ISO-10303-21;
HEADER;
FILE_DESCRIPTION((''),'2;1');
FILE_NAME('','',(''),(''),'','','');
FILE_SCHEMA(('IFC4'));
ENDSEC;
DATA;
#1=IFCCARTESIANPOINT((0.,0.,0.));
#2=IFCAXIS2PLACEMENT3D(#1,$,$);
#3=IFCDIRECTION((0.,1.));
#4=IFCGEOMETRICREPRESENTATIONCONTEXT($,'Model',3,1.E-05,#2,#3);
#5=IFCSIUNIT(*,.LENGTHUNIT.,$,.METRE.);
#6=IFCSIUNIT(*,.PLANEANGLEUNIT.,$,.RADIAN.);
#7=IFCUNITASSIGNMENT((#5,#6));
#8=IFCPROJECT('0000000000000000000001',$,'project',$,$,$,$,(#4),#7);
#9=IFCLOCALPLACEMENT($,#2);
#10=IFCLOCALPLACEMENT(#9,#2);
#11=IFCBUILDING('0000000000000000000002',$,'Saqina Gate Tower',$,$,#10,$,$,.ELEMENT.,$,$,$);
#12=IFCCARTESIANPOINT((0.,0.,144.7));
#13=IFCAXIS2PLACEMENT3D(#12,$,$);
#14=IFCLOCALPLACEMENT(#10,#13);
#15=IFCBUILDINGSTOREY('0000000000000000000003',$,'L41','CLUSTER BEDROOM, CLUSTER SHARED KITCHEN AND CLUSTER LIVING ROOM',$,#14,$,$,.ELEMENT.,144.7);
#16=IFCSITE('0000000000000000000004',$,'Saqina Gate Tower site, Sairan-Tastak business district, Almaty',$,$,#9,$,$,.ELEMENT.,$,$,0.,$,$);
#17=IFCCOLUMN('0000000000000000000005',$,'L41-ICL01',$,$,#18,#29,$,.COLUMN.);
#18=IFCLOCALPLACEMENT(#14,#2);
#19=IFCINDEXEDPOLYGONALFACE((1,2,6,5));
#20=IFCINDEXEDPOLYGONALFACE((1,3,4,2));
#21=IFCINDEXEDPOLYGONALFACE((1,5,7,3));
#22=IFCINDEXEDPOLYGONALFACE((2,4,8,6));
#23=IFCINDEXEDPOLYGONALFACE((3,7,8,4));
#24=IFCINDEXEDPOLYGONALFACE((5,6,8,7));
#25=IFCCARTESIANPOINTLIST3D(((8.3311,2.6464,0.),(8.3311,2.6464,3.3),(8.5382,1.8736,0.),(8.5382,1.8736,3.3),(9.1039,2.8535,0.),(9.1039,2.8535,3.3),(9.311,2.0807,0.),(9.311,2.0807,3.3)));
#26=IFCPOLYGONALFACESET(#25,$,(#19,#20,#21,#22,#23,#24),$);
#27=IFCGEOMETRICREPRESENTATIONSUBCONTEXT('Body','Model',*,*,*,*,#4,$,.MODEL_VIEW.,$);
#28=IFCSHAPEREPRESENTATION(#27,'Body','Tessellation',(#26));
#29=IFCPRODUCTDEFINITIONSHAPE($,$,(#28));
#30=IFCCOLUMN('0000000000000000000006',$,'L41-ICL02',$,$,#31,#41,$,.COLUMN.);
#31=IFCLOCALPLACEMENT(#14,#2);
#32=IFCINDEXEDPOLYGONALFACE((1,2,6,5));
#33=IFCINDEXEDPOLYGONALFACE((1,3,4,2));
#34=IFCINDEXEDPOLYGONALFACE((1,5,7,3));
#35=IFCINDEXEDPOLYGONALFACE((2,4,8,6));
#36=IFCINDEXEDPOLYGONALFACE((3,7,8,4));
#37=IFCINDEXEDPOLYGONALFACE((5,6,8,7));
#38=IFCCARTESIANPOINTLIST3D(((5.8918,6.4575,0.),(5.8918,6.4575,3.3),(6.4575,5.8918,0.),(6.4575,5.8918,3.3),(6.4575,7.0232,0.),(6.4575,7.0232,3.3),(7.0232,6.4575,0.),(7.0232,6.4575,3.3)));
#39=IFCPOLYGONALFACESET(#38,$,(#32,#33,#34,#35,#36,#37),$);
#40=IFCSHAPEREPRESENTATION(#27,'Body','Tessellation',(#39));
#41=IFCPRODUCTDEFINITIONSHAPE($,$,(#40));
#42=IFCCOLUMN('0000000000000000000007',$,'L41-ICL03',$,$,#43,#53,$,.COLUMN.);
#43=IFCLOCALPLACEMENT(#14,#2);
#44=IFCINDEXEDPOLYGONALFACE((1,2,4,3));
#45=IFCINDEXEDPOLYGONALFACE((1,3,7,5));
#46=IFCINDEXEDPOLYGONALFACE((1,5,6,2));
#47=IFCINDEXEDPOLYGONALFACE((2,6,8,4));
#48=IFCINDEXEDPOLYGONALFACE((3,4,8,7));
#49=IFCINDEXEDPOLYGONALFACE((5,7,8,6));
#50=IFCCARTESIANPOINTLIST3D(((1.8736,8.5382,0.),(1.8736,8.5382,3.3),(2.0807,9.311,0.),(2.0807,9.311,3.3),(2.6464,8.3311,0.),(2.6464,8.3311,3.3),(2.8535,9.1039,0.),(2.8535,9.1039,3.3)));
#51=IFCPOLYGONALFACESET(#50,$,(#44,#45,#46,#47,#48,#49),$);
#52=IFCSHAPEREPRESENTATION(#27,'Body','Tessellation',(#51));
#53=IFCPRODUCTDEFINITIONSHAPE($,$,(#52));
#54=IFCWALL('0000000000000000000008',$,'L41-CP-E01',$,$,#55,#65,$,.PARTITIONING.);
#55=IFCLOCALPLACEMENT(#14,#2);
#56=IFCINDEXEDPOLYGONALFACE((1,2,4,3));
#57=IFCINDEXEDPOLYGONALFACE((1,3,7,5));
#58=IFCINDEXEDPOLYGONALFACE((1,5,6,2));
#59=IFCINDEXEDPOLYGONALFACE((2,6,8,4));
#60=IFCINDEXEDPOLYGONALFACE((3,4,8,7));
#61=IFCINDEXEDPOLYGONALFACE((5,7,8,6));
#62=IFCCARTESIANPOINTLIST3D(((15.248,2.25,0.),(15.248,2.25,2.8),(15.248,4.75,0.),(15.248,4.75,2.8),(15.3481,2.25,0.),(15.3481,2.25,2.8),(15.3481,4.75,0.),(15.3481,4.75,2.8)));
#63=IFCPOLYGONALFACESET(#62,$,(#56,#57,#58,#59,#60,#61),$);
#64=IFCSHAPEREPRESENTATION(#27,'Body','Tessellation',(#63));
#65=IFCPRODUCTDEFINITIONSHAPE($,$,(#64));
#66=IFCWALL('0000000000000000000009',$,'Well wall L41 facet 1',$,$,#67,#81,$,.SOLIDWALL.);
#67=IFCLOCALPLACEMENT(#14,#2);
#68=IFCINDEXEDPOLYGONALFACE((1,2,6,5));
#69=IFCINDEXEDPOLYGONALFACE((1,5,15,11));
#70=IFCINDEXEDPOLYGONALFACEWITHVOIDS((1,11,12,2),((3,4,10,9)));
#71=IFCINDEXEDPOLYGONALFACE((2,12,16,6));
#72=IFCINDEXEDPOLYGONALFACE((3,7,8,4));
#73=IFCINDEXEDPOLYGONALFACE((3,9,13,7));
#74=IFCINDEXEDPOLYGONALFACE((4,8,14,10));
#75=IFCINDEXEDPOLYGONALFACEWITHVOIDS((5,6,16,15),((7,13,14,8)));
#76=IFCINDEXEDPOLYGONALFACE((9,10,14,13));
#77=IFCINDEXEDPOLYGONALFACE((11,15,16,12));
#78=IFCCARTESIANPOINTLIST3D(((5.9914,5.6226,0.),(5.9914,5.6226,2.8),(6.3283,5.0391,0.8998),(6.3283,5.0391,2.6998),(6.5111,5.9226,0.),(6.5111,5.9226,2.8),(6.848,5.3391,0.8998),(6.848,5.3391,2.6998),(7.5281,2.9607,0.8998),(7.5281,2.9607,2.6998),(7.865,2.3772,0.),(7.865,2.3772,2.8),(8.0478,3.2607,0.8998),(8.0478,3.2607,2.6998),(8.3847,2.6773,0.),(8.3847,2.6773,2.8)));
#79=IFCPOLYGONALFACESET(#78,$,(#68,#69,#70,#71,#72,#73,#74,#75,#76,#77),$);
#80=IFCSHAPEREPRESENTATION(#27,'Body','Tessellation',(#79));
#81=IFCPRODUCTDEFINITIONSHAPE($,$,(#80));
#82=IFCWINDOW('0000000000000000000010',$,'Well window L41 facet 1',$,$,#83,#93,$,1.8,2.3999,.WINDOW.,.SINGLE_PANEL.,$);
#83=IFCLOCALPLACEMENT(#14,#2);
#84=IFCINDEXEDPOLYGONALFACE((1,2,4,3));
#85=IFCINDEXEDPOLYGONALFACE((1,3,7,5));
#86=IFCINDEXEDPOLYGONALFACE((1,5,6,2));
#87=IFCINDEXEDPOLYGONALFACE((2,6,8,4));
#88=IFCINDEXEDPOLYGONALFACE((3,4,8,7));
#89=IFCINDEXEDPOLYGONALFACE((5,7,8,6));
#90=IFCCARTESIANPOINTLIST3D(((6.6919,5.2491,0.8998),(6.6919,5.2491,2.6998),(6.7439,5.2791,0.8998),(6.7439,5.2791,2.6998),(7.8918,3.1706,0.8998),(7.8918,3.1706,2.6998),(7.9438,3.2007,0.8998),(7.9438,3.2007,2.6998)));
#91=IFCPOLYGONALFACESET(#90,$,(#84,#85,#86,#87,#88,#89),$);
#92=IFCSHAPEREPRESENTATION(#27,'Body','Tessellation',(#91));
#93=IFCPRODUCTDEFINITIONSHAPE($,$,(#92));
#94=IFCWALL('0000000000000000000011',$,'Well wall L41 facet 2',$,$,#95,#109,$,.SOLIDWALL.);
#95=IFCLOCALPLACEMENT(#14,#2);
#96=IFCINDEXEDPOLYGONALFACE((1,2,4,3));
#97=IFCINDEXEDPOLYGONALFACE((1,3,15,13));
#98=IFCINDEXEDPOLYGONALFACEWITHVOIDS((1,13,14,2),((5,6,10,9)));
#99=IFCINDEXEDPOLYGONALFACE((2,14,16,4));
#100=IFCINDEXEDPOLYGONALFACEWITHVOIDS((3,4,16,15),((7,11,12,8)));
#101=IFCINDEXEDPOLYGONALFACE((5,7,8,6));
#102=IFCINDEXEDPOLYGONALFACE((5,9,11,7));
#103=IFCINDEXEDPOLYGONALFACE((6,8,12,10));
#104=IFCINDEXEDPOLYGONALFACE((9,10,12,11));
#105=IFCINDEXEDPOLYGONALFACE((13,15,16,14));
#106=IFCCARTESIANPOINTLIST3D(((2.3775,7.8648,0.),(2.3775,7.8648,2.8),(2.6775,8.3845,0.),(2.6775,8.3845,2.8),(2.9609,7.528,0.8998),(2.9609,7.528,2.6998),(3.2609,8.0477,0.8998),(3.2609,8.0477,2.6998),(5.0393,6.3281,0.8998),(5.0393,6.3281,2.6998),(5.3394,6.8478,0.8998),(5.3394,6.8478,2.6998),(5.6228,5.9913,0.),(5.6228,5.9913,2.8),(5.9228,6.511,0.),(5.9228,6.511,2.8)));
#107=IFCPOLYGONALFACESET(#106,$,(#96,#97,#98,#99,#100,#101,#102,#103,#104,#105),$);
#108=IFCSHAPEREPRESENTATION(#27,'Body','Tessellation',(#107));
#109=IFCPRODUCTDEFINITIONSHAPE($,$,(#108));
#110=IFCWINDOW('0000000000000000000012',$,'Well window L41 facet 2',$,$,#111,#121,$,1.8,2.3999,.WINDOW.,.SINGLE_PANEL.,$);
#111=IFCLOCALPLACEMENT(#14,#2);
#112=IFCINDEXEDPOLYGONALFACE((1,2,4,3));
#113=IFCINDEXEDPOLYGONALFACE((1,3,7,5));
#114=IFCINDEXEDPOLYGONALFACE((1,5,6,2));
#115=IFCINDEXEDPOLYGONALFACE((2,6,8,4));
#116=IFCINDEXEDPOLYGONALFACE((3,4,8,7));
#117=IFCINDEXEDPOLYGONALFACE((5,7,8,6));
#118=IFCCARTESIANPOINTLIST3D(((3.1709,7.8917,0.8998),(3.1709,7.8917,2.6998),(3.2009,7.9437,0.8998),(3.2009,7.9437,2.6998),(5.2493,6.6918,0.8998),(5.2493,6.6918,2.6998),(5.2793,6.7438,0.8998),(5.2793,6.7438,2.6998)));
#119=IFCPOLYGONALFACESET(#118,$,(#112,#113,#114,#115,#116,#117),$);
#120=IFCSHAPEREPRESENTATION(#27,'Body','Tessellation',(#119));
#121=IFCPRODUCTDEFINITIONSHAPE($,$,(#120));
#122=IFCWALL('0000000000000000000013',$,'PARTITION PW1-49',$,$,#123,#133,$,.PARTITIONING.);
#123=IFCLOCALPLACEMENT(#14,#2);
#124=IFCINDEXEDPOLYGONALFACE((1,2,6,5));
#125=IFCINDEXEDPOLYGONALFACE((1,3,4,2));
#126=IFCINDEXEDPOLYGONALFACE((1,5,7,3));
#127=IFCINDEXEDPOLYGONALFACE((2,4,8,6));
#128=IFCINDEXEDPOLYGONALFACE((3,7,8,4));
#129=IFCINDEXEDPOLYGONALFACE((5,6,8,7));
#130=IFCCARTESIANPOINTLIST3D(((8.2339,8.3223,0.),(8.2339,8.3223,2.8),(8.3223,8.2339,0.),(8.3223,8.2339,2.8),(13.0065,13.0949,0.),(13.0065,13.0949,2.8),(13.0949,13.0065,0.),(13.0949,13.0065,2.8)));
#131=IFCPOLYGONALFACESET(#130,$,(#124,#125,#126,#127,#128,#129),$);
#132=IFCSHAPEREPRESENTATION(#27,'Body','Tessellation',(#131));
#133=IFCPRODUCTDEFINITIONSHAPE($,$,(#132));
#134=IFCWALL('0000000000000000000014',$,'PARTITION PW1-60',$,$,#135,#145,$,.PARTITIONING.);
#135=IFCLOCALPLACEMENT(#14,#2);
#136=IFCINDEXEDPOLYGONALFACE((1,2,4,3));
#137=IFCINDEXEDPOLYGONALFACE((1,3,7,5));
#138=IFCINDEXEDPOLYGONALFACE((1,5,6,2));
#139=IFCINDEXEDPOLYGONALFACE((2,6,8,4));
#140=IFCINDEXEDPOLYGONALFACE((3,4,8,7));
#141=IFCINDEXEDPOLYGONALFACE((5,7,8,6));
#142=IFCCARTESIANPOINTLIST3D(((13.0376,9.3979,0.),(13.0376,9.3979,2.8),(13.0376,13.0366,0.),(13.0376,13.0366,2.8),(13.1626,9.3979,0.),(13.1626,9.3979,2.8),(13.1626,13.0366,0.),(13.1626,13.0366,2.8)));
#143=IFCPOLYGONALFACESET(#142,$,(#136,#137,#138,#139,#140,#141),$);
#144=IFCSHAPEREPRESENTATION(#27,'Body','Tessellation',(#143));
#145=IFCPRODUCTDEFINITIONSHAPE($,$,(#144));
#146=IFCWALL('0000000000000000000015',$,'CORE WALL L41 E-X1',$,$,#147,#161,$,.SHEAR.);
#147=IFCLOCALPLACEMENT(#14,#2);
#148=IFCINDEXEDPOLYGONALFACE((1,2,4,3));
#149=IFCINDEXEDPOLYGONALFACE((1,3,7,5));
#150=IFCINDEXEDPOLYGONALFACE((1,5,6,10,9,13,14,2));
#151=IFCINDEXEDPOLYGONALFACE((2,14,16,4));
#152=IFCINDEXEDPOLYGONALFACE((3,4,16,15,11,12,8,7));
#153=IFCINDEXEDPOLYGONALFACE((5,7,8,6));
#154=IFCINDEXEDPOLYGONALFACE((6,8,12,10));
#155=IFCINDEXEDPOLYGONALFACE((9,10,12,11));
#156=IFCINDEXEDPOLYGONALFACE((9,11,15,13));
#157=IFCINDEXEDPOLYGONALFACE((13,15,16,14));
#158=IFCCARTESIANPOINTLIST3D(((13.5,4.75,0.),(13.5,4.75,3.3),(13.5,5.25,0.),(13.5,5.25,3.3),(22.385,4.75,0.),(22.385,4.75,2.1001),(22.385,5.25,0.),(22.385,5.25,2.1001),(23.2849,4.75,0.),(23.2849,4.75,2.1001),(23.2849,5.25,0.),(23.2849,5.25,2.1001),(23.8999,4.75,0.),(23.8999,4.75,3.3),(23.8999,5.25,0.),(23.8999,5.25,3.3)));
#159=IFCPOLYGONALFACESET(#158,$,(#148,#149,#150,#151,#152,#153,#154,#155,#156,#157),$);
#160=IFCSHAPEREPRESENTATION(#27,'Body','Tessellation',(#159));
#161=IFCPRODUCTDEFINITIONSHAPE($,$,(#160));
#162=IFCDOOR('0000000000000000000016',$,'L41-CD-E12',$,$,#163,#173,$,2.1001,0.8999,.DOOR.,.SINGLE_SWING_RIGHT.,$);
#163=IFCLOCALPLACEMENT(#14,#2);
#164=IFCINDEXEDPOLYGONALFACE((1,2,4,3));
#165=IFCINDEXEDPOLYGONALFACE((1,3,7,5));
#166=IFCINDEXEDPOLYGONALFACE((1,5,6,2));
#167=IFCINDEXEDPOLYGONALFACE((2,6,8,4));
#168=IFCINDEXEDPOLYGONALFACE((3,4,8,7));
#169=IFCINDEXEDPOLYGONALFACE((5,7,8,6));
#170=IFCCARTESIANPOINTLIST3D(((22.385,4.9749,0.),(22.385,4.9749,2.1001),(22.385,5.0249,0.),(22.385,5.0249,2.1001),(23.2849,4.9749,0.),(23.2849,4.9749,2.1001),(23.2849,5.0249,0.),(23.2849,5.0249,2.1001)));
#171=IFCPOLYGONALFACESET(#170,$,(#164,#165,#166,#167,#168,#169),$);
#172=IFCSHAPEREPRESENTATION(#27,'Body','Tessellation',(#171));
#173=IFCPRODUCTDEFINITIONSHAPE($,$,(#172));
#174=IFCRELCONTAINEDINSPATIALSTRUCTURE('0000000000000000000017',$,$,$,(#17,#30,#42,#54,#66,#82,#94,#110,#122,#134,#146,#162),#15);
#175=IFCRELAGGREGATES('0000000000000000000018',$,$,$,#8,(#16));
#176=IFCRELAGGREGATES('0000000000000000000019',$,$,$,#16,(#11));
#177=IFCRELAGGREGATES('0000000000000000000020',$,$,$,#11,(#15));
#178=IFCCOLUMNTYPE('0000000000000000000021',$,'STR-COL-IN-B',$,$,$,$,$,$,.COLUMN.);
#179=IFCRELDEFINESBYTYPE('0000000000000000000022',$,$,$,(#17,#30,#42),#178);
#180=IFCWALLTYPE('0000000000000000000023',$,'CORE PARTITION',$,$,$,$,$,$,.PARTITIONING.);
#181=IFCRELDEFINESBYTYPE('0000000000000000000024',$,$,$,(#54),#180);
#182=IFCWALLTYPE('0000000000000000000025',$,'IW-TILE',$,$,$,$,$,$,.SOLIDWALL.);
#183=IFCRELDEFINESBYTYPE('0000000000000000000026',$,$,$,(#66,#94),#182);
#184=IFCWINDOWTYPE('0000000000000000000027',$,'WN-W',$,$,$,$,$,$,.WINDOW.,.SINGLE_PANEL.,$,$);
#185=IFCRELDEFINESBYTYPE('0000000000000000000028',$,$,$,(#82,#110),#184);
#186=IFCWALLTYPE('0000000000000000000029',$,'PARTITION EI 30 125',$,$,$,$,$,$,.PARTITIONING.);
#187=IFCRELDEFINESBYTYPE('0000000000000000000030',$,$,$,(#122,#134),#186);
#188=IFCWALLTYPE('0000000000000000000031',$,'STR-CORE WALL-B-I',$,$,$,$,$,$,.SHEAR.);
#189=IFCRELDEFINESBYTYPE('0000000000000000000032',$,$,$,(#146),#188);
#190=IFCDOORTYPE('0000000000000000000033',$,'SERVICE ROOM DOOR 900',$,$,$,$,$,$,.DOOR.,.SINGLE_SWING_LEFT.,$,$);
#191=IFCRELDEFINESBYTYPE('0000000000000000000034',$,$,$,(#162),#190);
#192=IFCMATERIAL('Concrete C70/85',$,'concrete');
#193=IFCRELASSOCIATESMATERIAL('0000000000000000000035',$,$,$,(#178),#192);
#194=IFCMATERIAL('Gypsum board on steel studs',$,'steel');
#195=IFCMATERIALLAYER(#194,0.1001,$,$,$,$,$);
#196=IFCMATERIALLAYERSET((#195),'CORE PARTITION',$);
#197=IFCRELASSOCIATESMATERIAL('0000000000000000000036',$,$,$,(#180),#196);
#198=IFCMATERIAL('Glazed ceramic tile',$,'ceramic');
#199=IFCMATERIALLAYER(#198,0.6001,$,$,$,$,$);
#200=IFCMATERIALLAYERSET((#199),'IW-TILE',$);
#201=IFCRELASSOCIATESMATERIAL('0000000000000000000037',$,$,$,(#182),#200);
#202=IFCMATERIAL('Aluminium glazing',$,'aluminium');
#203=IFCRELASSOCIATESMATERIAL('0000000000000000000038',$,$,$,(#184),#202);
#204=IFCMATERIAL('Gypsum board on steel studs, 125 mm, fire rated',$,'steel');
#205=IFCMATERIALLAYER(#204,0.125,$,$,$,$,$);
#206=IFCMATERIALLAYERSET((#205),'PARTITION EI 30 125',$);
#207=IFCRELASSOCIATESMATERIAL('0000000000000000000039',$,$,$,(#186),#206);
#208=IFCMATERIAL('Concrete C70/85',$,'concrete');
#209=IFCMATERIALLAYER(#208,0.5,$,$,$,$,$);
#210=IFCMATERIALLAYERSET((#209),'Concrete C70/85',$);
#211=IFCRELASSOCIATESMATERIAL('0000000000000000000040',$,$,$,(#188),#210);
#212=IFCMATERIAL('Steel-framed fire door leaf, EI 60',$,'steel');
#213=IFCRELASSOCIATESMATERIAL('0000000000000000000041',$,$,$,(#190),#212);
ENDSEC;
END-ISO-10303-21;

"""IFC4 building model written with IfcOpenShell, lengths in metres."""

from ifc_helpers import new_model, si_unit, direction, frame, frame_2d, origin, origin_2d, place, context, subcontext, project, spatial, rectangle, extrude, material, layer, layer_set, material_profile, profile_set, type_object, element, fill, save


model = new_model("IFC4")

# Units and contexts
model_context = context("Model", 3, precision=1e-05, world=origin(), true_north=direction((0.0, 1.0)))
body_context = subcontext(model_context, "Body", "Model", "MODEL_VIEW")
ifc_project = project(units=[si_unit("LENGTHUNIT", "METRE"), si_unit("PLANEANGLEUNIT", "RADIAN")], contexts=[model_context])

# Site, building, storey
site_placement = place(None, origin())
site = spatial("IfcSite", under=ifc_project, at=site_placement, Name="Saqina Gate Tower site, Sairan-Tastak business district, Almaty", CompositionType="ELEMENT", RefElevation=0.0)
building_placement = place(site_placement, origin())
building = spatial("IfcBuilding", under=site, at=building_placement, Name="Saqina Gate Tower", CompositionType="ELEMENT")
storey_placement = place(building_placement, frame((0.0, 0.0, 144.7)))
storey = spatial("IfcBuildingStorey", under=building, at=storey_placement, Name="L41", Description="CLUSTER BEDROOM, CLUSTER SHARED KITCHEN AND CLUSTER LIVING ROOM", CompositionType="ELEMENT", Elevation=144.7)

# Columns
ifc_material_1 = material(Name="Concrete C70/85", Category="concrete")
ifc_material_profile = material_profile(ifc_material_1, rectangle(XDim=0.8, YDim=0.8, at=origin_2d()), Name="RC 800x800")
ifc_profile_set = profile_set([ifc_material_profile], Name="Concrete C70/85")
column_type = type_object("IfcColumnType", Name="STR-COL-IN-B", PredefinedType="COLUMN", material=ifc_profile_set)
for number, where, z_axis, x_axis, name in (
    (1, (8.821, 2.3635, 0.0), (0.0, 0.0, 1.0), (0.965926, 0.258819, 0.0), "L41-ICL01"),
    (2, (6.4575, 6.4575, 0.0), (0.0, 0.0, 1.0), (0.707107, 0.707107, 0.0), "L41-ICL02"),
    (3, (2.3635, 8.821, 0.0), (0.0, 0.0, 1.0), (0.258819, 0.965926, 0.0), "L41-ICL03"),
):
    element("IfcColumn", number, at=place(storey_placement, frame(where, z_axis=z_axis, x_axis=x_axis)), inside=storey, type_object=column_type, Name=name, PredefinedType="COLUMN", context=body_context, shape_type="SweptSolid", body=[
        extrude(rectangle(XDim=0.8, YDim=0.8, at=origin_2d()), origin(), (0.0, 0.0, 1.0), 3.3),
    ])

# Wall
ifc_material_2 = material(Name="Gypsum board on steel studs", Category="steel")
ifc_layer_1 = layer(ifc_material_2, 0.1001)
ifc_layer_set_1 = layer_set([ifc_layer_1], Name="CORE PARTITION")
wall_type_1 = type_object("IfcWallType", Name="CORE PARTITION", PredefinedType="PARTITIONING", material=ifc_layer_set_1)
wall_1_placement = place(storey_placement, frame((15.2981, 2.25, 0.0), z_axis=(0.0, 0.0, 1.0), x_axis=(0.0, 1.0, 0.0)))
element("IfcWall", 4, at=wall_1_placement, inside=storey, type_object=wall_type_1, Name="L41-CP-E01", PredefinedType="PARTITIONING", context=body_context, shape_type="SweptSolid", body=[
    extrude(rectangle(XDim=2.5, YDim=0.1001, at=frame_2d((1.25, 0.0))), origin(), (0.0, 0.0, 1.0), 2.8),
])

# Walls, openings, windows
ifc_material_3 = material(Name="Glazed ceramic tile", Category="ceramic")
ifc_layer_2 = layer(ifc_material_3, 0.6001)
ifc_layer_set_2 = layer_set([ifc_layer_2], Name="IW-TILE")
wall_type_2 = type_object("IfcWallType", Name="IW-TILE", PredefinedType="SOLIDWALL", material=ifc_layer_set_2)
wall_2_placement = place(storey_placement, frame((8.1248, 2.5273, 0.0), z_axis=(0.0, 0.0, 1.0), x_axis=(-0.499965, 0.866046, 0.0)))
wall_2 = element("IfcWall", 5, at=wall_2_placement, inside=storey, type_object=wall_type_2, Name="Well wall L41 facet 1", PredefinedType="SOLIDWALL", context=body_context, shape_type="SweptSolid", body=[
    extrude(rectangle(XDim=3.7473, YDim=0.6001, at=frame_2d((1.8735, 0.0))), origin(), (0.0, 0.0, 1.0), 2.8),
])
opening_1_placement = place(wall_2_placement, frame((0.6736, 0.0, 0.8999)))
opening_1 = element("IfcOpeningElement", 6, at=opening_1_placement, cuts=wall_2, PredefinedType="OPENING", context=body_context, shape_type="SweptSolid", body=[
    extrude(rectangle(XDim=2.3999, YDim=1.8, at=frame_2d((1.2, 0.8999))), frame((0.0, 0.312, 0.0), z_axis=(0.0, -1.0, 0.0), x_axis=(1.0, 0.0, 0.0)), (0.0, 0.0, 1.0), 0.624),
])
ifc_material_4 = material(Name="Aluminium glazing", Category="aluminium")
window_type = type_object("IfcWindowType", Name="WN-W", PartitioningType="SINGLE_PANEL", PredefinedType="WINDOW", material=ifc_material_4)
window_1_placement = place(opening_1_placement, origin())
window_1 = element("IfcWindow", 7, at=window_1_placement, inside=storey, type_object=window_type, Name="Well window L41 facet 1", OverallHeight=1.8, OverallWidth=2.3999, PartitioningType="SINGLE_PANEL", PredefinedType="WINDOW", context=body_context, shape_type="SweptSolid", body=[
    extrude(rectangle(XDim=2.3999, YDim=1.8, at=frame_2d((1.2, 0.8999))), frame((0.0, -0.1199, 0.0), z_axis=(0.0, -1.0, 0.0), x_axis=(1.0, 0.0, 0.0)), (0.0, 0.0, 1.0), 0.0601),
])
fill(opening_1, window_1)
wall_3_placement = place(storey_placement, frame((5.7727, 6.2512, 0.0), z_axis=(0.0, 0.0, 1.0), x_axis=(-0.866046, 0.499965, 0.0)))
wall_3 = element("IfcWall", 8, at=wall_3_placement, inside=storey, type_object=wall_type_2, Name="Well wall L41 facet 2", PredefinedType="SOLIDWALL", context=body_context, shape_type="SweptSolid", body=[
    extrude(rectangle(XDim=3.7473, YDim=0.6001, at=frame_2d((1.8735, 0.0))), origin(), (0.0, 0.0, 1.0), 2.8),
])
opening_2_placement = place(wall_3_placement, frame((0.6736, 0.0, 0.8999)))
opening_2 = element("IfcOpeningElement", 9, at=opening_2_placement, cuts=wall_3, PredefinedType="OPENING", context=body_context, shape_type="SweptSolid", body=[
    extrude(rectangle(XDim=2.3999, YDim=1.8, at=frame_2d((1.2, 0.8999))), frame((0.0, 0.312, 0.0), z_axis=(0.0, -1.0, 0.0), x_axis=(1.0, 0.0, 0.0)), (0.0, 0.0, 1.0), 0.624),
])
window_2_placement = place(opening_2_placement, origin())
window_2 = element("IfcWindow", 10, at=window_2_placement, inside=storey, type_object=window_type, Name="Well window L41 facet 2", OverallHeight=1.8, OverallWidth=2.3999, PartitioningType="SINGLE_PANEL", PredefinedType="WINDOW", context=body_context, shape_type="SweptSolid", body=[
    extrude(rectangle(XDim=2.3999, YDim=1.8, at=frame_2d((1.2, 0.8999))), frame((0.0, -0.1199, 0.0), z_axis=(0.0, -1.0, 0.0), x_axis=(1.0, 0.0, 0.0)), (0.0, 0.0, 1.0), 0.0601),
])
fill(opening_2, window_2)

# Walls
ifc_material_5 = material(Name="Gypsum board on steel studs, 125 mm, fire rated", Category="steel")
ifc_layer_3 = layer(ifc_material_5, 0.125)
ifc_layer_set_3 = layer_set([ifc_layer_3], Name="PARTITION EI 30 125")
wall_type_3 = type_object("IfcWallType", Name="PARTITION EI 30 125", PredefinedType="PARTITIONING", material=ifc_layer_set_3)
wall_4_placement = place(storey_placement, frame((8.2781, 8.2781, 0.0), z_axis=(0.0, 0.0, 1.0), x_axis=(0.707107, 0.707107, 0.0)))
element("IfcWall", 11, at=wall_4_placement, inside=storey, type_object=wall_type_3, Name="PARTITION PW1-49", PredefinedType="PARTITIONING", context=body_context, shape_type="SweptSolid", body=[
    extrude(rectangle(XDim=6.7495, YDim=0.125, at=frame_2d((3.3748, 0.0))), origin(), (0.0, 0.0, 1.0), 2.8),
])
wall_5_placement = place(storey_placement, frame((13.1001, 9.3979, 0.0), z_axis=(0.0, 0.0, 1.0), x_axis=(0.0, 1.0, 0.0)))
element("IfcWall", 12, at=wall_5_placement, inside=storey, type_object=wall_type_3, Name="PARTITION PW1-60", PredefinedType="PARTITIONING", context=body_context, shape_type="SweptSolid", body=[
    extrude(rectangle(XDim=3.6387, YDim=0.125, at=frame_2d((1.8193, 0.0))), origin(), (0.0, 0.0, 1.0), 2.8),
])

# Wall, opening, door
ifc_material_6 = material(Name="Concrete C70/85", Category="concrete")
ifc_layer_4 = layer(ifc_material_6, 0.5)
ifc_layer_set_4 = layer_set([ifc_layer_4], Name="Concrete C70/85")
wall_type_4 = type_object("IfcWallType", Name="STR-CORE WALL-B-I", PredefinedType="SHEAR", material=ifc_layer_set_4)
wall_6_placement = place(storey_placement, frame((13.5, 5.0, 0.0), z_axis=(0.0, 0.0, 1.0), x_axis=(1.0, 0.0, 0.0)))
wall_6 = element("IfcWall", 13, at=wall_6_placement, inside=storey, type_object=wall_type_4, Name="CORE WALL L41 E-X1", PredefinedType="SHEAR", context=body_context, shape_type="SweptSolid", body=[
    extrude(rectangle(XDim=10.3999, YDim=0.5, at=frame_2d((5.2, 0.0))), origin(), (0.0, 0.0, 1.0), 3.3),
])
opening_3_placement = place(wall_6_placement, frame((8.885, 0.0, 0.0)))
opening_3 = element("IfcOpeningElement", 14, at=opening_3_placement, cuts=wall_6, PredefinedType="OPENING", context=body_context, shape_type="SweptSolid", body=[
    extrude(rectangle(XDim=0.8999, YDim=2.1001, at=frame_2d((0.45, 1.05))), frame((0.0, 0.262, 0.0), z_axis=(0.0, -1.0, 0.0), x_axis=(1.0, 0.0, 0.0)), (0.0, 0.0, 1.0), 0.5239),
])
ifc_material_7 = material(Name="Steel-framed fire door leaf, EI 60", Category="steel")
door_type_1 = type_object("IfcDoorType", Name="SERVICE ROOM DOOR 900", OperationType="SINGLE_SWING_LEFT", PredefinedType="DOOR", material=ifc_material_7)
door_1_placement = place(opening_3_placement, origin())
door_1 = element("IfcDoor", 15, at=door_1_placement, inside=storey, type_object=door_type_1, Name="L41-CD-E12", OperationType="SINGLE_SWING_RIGHT", OverallHeight=2.1001, OverallWidth=0.8999, PredefinedType="DOOR", context=body_context, shape_type="SweptSolid", body=[
    extrude(rectangle(XDim=0.8999, YDim=2.1001, at=frame_2d((0.45, 1.05))), frame((0.0, 0.0249, 0.0), z_axis=(0.0, -1.0, 0.0), x_axis=(1.0, 0.0, 0.0)), (0.0, 0.0, 1.0), 0.05),
])
fill(opening_3, door_1)

save(model, "model.ifc")
